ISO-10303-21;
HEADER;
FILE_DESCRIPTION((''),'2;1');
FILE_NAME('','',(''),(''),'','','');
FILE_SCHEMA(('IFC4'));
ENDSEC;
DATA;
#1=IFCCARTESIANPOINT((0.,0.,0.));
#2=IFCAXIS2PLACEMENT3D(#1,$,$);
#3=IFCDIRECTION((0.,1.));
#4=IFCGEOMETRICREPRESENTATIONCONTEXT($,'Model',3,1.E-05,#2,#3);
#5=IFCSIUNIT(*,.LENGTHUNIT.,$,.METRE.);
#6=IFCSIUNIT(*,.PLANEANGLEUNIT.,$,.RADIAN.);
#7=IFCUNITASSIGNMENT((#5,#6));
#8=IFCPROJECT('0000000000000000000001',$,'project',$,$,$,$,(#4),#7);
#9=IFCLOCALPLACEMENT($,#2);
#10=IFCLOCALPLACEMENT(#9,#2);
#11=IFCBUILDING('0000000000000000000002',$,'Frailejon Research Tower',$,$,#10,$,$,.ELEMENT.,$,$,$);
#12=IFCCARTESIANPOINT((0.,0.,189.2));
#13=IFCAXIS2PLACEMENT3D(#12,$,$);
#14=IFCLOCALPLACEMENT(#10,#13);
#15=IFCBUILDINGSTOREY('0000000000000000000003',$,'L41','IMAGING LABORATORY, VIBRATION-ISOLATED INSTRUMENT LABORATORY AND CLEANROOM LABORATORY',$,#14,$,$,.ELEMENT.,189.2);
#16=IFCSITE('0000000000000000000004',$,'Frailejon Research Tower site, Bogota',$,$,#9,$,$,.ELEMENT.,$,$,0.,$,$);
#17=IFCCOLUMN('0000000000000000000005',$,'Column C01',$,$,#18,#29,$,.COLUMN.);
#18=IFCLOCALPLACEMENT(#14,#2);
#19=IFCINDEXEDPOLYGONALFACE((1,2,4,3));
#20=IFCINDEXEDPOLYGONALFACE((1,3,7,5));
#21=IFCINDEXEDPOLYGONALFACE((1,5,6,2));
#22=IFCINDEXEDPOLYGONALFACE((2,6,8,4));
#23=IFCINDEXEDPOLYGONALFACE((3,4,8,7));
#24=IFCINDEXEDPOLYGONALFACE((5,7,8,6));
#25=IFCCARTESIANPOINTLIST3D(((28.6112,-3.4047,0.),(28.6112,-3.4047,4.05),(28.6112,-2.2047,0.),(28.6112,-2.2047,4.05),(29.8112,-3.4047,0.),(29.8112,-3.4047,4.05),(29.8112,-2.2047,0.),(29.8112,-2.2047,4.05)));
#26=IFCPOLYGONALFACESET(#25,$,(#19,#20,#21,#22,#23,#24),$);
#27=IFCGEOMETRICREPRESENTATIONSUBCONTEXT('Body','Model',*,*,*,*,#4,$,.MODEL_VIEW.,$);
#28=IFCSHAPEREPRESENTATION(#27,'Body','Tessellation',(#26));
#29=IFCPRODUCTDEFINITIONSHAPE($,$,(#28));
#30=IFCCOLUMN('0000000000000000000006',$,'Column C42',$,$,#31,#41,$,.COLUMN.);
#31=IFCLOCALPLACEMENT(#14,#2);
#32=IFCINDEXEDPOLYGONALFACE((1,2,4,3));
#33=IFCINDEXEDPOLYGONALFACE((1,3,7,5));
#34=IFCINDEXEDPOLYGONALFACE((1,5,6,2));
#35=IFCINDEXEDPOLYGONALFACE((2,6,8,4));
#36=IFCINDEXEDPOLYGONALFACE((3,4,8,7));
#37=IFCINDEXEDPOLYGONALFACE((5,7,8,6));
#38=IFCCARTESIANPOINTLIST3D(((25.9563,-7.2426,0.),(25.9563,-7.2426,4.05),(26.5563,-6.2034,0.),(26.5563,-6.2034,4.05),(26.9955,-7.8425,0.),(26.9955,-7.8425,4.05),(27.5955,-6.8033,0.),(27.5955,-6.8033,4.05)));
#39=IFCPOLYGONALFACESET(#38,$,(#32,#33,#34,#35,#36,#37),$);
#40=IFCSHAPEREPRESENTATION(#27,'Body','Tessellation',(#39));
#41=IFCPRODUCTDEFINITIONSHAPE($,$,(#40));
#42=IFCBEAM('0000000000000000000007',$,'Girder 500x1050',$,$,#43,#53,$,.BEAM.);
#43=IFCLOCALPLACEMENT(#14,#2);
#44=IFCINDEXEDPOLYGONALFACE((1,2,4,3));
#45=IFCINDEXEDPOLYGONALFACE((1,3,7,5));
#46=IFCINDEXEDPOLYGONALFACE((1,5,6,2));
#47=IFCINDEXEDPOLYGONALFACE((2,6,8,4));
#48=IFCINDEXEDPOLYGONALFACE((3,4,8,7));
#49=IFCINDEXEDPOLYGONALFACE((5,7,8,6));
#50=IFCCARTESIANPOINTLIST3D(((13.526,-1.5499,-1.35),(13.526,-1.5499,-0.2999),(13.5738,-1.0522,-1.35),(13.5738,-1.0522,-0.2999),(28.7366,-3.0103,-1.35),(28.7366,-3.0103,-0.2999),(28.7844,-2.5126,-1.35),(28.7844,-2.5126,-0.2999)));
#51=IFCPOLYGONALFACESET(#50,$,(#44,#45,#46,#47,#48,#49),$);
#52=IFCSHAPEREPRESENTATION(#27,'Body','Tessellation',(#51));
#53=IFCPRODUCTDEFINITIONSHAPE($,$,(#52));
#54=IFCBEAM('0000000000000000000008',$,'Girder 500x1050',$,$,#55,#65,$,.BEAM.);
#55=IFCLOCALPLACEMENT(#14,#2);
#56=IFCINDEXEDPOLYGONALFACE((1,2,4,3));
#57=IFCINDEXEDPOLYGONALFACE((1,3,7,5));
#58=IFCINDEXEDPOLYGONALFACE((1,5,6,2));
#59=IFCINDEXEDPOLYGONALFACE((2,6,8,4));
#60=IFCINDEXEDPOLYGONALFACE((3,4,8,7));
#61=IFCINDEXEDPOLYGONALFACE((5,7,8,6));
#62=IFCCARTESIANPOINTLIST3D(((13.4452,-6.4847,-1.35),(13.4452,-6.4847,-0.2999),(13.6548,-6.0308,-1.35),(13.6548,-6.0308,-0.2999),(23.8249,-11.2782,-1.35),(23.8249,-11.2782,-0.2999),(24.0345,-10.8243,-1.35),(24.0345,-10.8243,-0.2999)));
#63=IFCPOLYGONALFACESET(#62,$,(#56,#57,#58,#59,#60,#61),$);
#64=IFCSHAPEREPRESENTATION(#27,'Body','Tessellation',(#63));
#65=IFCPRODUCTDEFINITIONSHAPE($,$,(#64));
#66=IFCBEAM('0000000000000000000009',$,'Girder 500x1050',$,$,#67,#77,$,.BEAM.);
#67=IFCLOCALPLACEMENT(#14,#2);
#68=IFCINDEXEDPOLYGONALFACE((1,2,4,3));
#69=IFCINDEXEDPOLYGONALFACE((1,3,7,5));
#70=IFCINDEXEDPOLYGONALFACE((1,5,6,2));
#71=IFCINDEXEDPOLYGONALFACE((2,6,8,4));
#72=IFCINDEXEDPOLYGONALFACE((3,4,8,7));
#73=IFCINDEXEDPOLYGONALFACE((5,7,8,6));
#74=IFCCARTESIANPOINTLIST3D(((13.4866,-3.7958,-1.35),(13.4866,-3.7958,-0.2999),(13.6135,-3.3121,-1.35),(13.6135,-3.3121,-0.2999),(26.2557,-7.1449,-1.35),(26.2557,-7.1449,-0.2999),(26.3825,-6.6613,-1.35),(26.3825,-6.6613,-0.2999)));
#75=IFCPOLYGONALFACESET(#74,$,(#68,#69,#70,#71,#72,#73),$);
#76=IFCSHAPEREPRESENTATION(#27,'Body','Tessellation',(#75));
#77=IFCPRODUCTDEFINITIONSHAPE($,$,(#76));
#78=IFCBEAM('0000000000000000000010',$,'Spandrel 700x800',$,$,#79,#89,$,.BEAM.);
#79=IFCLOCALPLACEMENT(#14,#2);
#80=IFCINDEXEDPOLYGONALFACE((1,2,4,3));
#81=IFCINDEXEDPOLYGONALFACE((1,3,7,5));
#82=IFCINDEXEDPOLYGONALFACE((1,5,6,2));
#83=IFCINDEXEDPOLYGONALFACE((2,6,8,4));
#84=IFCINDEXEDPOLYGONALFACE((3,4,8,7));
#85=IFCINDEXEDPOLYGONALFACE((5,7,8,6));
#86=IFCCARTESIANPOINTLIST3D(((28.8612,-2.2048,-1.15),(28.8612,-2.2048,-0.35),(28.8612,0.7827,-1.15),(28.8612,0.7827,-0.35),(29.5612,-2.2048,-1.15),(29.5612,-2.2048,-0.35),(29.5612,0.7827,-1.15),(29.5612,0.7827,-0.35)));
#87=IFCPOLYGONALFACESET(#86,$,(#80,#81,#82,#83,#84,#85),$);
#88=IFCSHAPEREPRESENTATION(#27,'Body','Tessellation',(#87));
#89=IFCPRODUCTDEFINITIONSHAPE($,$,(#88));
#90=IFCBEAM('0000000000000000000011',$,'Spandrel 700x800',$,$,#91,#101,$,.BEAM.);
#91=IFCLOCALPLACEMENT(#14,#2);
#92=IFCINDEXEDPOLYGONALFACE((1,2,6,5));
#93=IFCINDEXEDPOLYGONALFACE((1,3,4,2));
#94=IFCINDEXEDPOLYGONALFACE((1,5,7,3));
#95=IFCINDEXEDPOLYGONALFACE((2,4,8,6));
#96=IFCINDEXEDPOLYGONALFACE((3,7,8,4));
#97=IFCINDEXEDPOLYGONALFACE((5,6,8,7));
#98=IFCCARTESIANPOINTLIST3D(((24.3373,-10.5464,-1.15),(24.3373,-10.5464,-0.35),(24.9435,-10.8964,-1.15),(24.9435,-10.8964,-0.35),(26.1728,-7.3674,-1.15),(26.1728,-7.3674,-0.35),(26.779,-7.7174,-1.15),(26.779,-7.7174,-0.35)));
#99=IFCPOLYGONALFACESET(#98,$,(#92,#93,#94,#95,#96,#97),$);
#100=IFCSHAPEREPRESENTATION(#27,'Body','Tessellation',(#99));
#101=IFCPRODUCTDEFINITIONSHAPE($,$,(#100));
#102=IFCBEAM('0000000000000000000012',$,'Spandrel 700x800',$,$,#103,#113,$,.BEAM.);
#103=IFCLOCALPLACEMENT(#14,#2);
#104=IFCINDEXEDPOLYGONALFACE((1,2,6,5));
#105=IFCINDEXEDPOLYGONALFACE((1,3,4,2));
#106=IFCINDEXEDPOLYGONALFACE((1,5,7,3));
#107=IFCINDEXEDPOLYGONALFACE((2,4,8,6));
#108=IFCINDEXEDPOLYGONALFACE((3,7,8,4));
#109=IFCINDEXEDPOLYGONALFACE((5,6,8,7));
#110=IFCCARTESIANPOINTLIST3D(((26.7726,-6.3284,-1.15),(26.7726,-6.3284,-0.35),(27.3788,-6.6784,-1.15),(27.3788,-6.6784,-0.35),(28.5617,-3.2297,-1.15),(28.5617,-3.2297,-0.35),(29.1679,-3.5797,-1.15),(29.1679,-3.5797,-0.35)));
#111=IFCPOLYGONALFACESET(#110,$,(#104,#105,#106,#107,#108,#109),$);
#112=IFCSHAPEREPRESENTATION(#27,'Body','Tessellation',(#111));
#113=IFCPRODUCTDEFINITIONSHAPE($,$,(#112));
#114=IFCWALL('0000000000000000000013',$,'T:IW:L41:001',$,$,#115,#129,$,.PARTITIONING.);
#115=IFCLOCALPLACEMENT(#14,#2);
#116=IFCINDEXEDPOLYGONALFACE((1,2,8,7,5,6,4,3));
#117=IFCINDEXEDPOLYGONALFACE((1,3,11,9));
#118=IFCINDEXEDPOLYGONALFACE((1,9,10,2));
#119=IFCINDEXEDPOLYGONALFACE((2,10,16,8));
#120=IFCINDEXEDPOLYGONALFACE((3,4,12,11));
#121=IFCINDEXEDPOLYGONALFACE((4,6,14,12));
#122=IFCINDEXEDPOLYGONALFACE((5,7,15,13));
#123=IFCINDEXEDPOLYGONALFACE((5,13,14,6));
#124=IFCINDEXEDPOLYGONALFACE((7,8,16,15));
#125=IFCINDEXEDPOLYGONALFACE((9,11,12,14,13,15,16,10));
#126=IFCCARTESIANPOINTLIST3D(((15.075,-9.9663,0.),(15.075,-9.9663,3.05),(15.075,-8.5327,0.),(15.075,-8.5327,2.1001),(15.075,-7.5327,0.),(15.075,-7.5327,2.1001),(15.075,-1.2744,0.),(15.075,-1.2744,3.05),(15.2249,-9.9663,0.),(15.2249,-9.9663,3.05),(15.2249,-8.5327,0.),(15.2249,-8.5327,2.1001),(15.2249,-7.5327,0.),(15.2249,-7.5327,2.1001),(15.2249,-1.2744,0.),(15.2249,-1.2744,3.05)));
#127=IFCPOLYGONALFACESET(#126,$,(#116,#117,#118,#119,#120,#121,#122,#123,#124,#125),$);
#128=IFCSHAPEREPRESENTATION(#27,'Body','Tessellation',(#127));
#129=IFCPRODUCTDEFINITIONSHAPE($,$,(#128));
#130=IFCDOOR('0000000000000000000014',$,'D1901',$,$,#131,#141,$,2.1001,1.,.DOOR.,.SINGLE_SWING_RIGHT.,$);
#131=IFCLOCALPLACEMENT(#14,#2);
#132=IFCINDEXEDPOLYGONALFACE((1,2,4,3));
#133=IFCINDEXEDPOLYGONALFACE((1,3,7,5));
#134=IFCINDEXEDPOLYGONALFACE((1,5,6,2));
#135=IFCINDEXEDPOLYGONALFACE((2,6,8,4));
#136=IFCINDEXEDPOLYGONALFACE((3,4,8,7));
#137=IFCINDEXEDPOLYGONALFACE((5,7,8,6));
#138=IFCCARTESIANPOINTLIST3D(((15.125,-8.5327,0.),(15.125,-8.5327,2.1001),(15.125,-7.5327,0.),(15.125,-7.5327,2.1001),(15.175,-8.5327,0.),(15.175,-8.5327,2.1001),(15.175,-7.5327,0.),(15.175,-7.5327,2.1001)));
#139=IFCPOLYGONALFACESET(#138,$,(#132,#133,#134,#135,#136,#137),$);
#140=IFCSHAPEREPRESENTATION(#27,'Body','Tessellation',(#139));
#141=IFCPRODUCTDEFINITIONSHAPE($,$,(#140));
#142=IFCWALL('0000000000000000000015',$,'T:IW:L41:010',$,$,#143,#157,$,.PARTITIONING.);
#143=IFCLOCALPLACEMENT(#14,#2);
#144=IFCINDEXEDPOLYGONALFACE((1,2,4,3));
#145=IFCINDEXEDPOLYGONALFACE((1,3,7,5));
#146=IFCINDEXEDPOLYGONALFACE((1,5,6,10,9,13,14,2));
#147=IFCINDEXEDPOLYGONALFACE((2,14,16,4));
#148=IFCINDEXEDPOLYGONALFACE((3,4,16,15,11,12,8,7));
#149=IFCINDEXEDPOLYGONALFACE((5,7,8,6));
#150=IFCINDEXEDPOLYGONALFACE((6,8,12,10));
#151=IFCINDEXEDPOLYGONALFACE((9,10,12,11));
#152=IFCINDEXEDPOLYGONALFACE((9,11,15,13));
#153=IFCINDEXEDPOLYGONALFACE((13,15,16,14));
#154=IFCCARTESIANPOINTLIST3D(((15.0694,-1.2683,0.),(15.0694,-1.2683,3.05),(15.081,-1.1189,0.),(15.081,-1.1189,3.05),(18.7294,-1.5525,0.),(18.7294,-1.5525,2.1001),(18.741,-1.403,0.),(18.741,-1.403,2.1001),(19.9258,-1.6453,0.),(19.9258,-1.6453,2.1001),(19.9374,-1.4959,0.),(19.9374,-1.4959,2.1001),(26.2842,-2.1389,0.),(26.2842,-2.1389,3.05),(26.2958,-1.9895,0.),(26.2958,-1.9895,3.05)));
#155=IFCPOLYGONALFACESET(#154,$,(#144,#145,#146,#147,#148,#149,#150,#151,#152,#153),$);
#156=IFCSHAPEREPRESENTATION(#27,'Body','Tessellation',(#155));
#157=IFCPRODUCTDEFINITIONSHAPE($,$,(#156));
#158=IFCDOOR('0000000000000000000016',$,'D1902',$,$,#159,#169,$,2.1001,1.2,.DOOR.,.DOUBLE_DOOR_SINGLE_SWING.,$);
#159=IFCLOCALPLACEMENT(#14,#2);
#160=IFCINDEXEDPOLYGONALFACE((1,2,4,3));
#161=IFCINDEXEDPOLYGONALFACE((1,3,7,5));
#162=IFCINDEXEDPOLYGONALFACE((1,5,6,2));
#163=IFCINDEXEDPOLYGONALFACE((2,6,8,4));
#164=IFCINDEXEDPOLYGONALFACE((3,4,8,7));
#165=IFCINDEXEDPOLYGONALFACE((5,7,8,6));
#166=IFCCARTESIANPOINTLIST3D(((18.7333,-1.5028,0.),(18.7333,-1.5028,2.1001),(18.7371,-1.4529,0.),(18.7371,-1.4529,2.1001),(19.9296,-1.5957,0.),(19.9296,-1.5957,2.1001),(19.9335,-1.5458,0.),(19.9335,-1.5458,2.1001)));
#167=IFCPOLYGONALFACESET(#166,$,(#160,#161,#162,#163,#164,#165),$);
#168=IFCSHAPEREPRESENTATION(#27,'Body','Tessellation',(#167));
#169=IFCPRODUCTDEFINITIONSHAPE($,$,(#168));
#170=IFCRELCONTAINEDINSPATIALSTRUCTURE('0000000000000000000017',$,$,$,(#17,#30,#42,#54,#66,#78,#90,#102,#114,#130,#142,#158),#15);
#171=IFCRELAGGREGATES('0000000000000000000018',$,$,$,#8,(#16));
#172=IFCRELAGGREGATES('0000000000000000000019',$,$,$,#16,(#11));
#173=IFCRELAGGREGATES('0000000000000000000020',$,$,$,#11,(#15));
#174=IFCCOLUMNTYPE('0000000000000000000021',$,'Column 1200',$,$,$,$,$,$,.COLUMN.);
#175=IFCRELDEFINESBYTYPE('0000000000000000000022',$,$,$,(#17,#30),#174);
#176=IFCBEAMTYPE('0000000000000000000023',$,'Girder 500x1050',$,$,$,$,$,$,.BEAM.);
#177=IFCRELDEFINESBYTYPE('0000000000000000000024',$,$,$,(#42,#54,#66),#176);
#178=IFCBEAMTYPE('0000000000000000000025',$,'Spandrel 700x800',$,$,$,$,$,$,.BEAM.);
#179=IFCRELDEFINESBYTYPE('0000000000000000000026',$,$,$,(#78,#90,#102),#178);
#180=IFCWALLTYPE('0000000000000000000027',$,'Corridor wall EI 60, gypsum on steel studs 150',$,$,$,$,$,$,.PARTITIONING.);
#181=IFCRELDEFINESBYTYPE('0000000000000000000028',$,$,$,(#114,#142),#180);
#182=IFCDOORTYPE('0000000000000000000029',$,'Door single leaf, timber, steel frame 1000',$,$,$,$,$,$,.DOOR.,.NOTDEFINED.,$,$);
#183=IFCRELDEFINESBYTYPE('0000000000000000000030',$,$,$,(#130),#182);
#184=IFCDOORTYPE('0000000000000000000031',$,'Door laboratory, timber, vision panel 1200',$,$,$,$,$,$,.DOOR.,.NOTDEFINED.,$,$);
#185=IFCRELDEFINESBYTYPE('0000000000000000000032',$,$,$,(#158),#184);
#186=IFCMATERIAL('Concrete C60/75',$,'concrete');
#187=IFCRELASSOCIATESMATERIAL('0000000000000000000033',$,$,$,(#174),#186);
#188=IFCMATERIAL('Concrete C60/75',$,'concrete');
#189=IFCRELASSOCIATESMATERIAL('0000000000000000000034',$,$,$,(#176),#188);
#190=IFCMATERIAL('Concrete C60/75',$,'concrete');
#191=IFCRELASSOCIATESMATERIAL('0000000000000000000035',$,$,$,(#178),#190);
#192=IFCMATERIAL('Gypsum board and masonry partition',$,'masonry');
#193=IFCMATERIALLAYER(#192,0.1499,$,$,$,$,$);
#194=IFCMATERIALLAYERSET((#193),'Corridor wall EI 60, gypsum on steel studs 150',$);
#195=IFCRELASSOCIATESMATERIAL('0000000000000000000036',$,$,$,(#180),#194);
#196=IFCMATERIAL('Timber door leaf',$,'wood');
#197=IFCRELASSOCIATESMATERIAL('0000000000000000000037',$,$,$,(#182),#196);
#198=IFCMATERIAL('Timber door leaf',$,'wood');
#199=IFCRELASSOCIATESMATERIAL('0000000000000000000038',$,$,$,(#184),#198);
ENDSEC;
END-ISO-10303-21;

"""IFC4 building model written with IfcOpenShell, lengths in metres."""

from ifc_helpers import new_model, si_unit, direction, frame, frame_2d, origin, origin_2d, place, context, subcontext, project, spatial, rectangle, extrude, material, layer, layer_set, material_profile, profile_set, type_object, element, fill, save


model = new_model("IFC4")

# Units and contexts
model_context = context("Model", 3, precision=1e-05, world=origin(), true_north=direction((0.0, 1.0)))
body_context = subcontext(model_context, "Body", "Model", "MODEL_VIEW")
ifc_project = project(units=[si_unit("LENGTHUNIT", "METRE"), si_unit("PLANEANGLEUNIT", "RADIAN")], contexts=[model_context])

# Site, building, storey
site_placement = place(None, origin())
site = spatial("IfcSite", under=ifc_project, at=site_placement, Name="Frailejon Research Tower site, Bogota", CompositionType="ELEMENT", RefElevation=0.0)
building_placement = place(site_placement, origin())
building = spatial("IfcBuilding", under=site, at=building_placement, Name="Frailejon Research Tower", CompositionType="ELEMENT")
storey_placement = place(building_placement, frame((0.0, 0.0, 189.2)))
storey = spatial("IfcBuildingStorey", under=building, at=storey_placement, Name="L41", Description="IMAGING LABORATORY, VIBRATION-ISOLATED INSTRUMENT LABORATORY AND CLEANROOM LABORATORY", CompositionType="ELEMENT", Elevation=189.2)

# Columns
ifc_material_1 = material(Name="Concrete C60/75", Category="concrete")
ifc_material_profile_1 = material_profile(ifc_material_1, rectangle(XDim=1.2, YDim=1.2, at=origin_2d()), Name="Column 1200")
ifc_profile_set_1 = profile_set([ifc_material_profile_1], Name="Concrete C60/75")
column_type = type_object("IfcColumnType", Name="Column 1200", PredefinedType="COLUMN", material=ifc_profile_set_1)
for number, where, z_axis, x_axis, name in (
    (1, (29.2112, -2.8047, 0.0), (0.0, 0.0, 1.0), (0.0, 1.0, 0.0), "Column C01"),
    (2, (26.7759, -7.0229, 0.0), (0.0, 0.0, 1.0), (0.5, 0.866025, 0.0), "Column C42"),
):
    element("IfcColumn", number, at=place(storey_placement, frame(where, z_axis=z_axis, x_axis=x_axis)), inside=storey, type_object=column_type, Name=name, PredefinedType="COLUMN", context=body_context, shape_type="SweptSolid", body=[
        extrude(rectangle(XDim=1.2, YDim=1.2, at=origin_2d()), origin(), (0.0, 0.0, 1.0), 4.05),
    ])

# Beams
ifc_material_2 = material(Name="Concrete C60/75", Category="concrete")
ifc_material_profile_2 = material_profile(ifc_material_2, rectangle(XDim=0.5, YDim=1.05, at=origin_2d()), Name="Girder 500x1050")
ifc_profile_set_2 = profile_set([ifc_material_profile_2], Name="Concrete C60/75")
beam_type_1 = type_object("IfcBeamType", Name="Girder 500x1050", PredefinedType="BEAM", material=ifc_profile_set_2)
beam_1_placement = place(storey_placement, frame((28.7605, -2.7615, -0.825), z_axis=(-0.995422, 0.095577, 0.0), x_axis=(-0.095577, -0.995422, 0.0)))
element("IfcBeam", 3, at=beam_1_placement, inside=storey, type_object=beam_type_1, Name="Girder 500x1050", PredefinedType="BEAM", context=body_context, shape_type="SweptSolid", body=[
    extrude(rectangle(XDim=0.5, YDim=1.05, at=origin_2d()), origin(), (0.0, 0.0, 1.0), 15.2805),
])
beam_2_placement = place(storey_placement, frame((23.9297, -11.0513, -0.825), z_axis=(-0.907864, 0.419264, 0.0), x_axis=(-0.419264, -0.907864, 0.0)))
element("IfcBeam", 4, at=beam_2_placement, inside=storey, type_object=beam_type_1, Name="Girder 500x1050", PredefinedType="BEAM", context=body_context, shape_type="SweptSolid", body=[
    extrude(rectangle(XDim=0.5, YDim=1.05, at=origin_2d()), origin(), (0.0, 0.0, 1.0), 11.4331),
])
beam_3_placement = place(storey_placement, frame((26.3191, -6.9031, -0.825), z_axis=(-0.967282, 0.253703, 0.0), x_axis=(-0.253703, -0.967282, 0.0)))
element("IfcBeam", 5, at=beam_3_placement, inside=storey, type_object=beam_type_1, Name="Girder 500x1050", PredefinedType="BEAM", context=body_context, shape_type="SweptSolid", body=[
    extrude(rectangle(XDim=0.5, YDim=1.05, at=origin_2d()), origin(), (0.0, 0.0, 1.0), 13.2009),
])
ifc_material_3 = material(Name="Concrete C60/75", Category="concrete")
ifc_material_profile_3 = material_profile(ifc_material_3, rectangle(XDim=0.7, YDim=0.8, at=origin_2d()), Name="Spandrel 700x800")
ifc_profile_set_3 = profile_set([ifc_material_profile_3], Name="Concrete C60/75")
beam_type_2 = type_object("IfcBeamType", Name="Spandrel 700x800", PredefinedType="BEAM", material=ifc_profile_set_3)
beam_4_placement = place(storey_placement, frame((29.2112, -2.2048, -0.75), z_axis=(0.0, 1.0, 0.0), x_axis=(-1.0, 0.0, 0.0)))
element("IfcBeam", 6, at=beam_4_placement, inside=storey, type_object=beam_type_2, Name="Spandrel 700x800", PredefinedType="BEAM", context=body_context, shape_type="SweptSolid", body=[
    extrude(rectangle(XDim=0.7, YDim=0.8, at=origin_2d()), origin(), (0.0, 0.0, 1.0), 2.9875),
])
beam_5_placement = place(storey_placement, frame((24.6404, -10.7214, -0.75), z_axis=(0.500016, 0.866016, 0.0), x_axis=(-0.866016, 0.500016, 0.0)))
element("IfcBeam", 7, at=beam_5_placement, inside=storey, type_object=beam_type_2, Name="Spandrel 700x800", PredefinedType="BEAM", context=body_context, shape_type="SweptSolid", body=[
    extrude(rectangle(XDim=0.7, YDim=0.8, at=origin_2d()), origin(), (0.0, 0.0, 1.0), 3.6709),
])
beam_6_placement = place(storey_placement, frame((27.0757, -6.5034, -0.75), z_axis=(0.500014, 0.866017, 0.0), x_axis=(-0.866017, 0.500014, 0.0)))
element("IfcBeam", 8, at=beam_6_placement, inside=storey, type_object=beam_type_2, Name="Spandrel 700x800", PredefinedType="BEAM", context=body_context, shape_type="SweptSolid", body=[
    extrude(rectangle(XDim=0.7, YDim=0.8, at=origin_2d()), origin(), (0.0, 0.0, 1.0), 3.5781),
])

# Walls, openings, doors
ifc_material_4 = material(Name="Gypsum board and masonry partition", Category="masonry")
ifc_layer_1 = layer(ifc_material_4, 0.1499)
ifc_layer_set_1 = layer_set([ifc_layer_1], Name="Corridor wall EI 60, gypsum on steel studs 150")
wall_type_1 = type_object("IfcWallType", Name="Corridor wall EI 60, gypsum on steel studs 150", PredefinedType="PARTITIONING", material=ifc_layer_set_1)
wall_1_placement = place(storey_placement, frame((15.1499, -9.9663, 0.0), z_axis=(0.0, 0.0, 1.0), x_axis=(0.0, 1.0, 0.0)))
wall_1 = element("IfcWall", 9, at=wall_1_placement, inside=storey, type_object=wall_type_1, Name="T:IW:L41:001", PredefinedType="PARTITIONING", context=body_context, shape_type="SweptSolid", body=[
    extrude(rectangle(XDim=8.6919, YDim=0.1499, at=frame_2d((4.3459, 0.0))), origin(), (0.0, 0.0, 1.0), 3.05),
])
opening_1_placement = place(wall_1_placement, frame((1.4336, 0.0, 0.0)))
opening_1 = element("IfcOpeningElement", 10, at=opening_1_placement, cuts=wall_1, PredefinedType="OPENING", context=body_context, shape_type="SweptSolid", body=[
    extrude(rectangle(XDim=1.0, YDim=2.1001, at=frame_2d((0.5, 1.05))), frame((0.0, 0.085, 0.0), z_axis=(0.0, -1.0, 0.0), x_axis=(1.0, 0.0, 0.0)), (0.0, 0.0, 1.0), 0.1699),
])
ifc_material_5 = material(Name="Timber door leaf", Category="wood")
door_type_1 = type_object("IfcDoorType", Name="Door single leaf, timber, steel frame 1000", OperationType="NOTDEFINED", PredefinedType="DOOR", material=ifc_material_5)
door_1_placement = place(opening_1_placement, origin())
door_1 = element("IfcDoor", 11, at=door_1_placement, inside=storey, type_object=door_type_1, Name="D1901", OperationType="SINGLE_SWING_RIGHT", OverallHeight=2.1001, OverallWidth=1.0, PredefinedType="DOOR", context=body_context, shape_type="SweptSolid", body=[
    extrude(rectangle(XDim=1.0, YDim=2.1001, at=frame_2d((0.5, 1.05))), frame((0.0, 0.0249, 0.0), z_axis=(0.0, -1.0, 0.0), x_axis=(1.0, 0.0, 0.0)), (0.0, 0.0, 1.0), 0.05),
])
fill(opening_1, door_1)
wall_2_placement = place(storey_placement, frame((15.0752, -1.1936, 0.0), z_axis=(0.0, 0.0, 1.0), x_axis=(0.997, -0.077397, 0.0)))
wall_2 = element("IfcWall", 12, at=wall_2_placement, inside=storey, type_object=wall_type_1, Name="T:IW:L41:010", PredefinedType="PARTITIONING", context=body_context, shape_type="SweptSolid", body=[
    extrude(rectangle(XDim=11.2485, YDim=0.1499, at=frame_2d((5.6243, 0.0))), origin(), (0.0, 0.0, 1.0), 3.05),
])
opening_2_placement = place(wall_2_placement, frame((3.6709, 0.0, 0.0)))
opening_2 = element("IfcOpeningElement", 13, at=opening_2_placement, cuts=wall_2, PredefinedType="OPENING", context=body_context, shape_type="SweptSolid", body=[
    extrude(rectangle(XDim=1.2, YDim=2.1001, at=frame_2d((0.6001, 1.05))), frame((0.0, 0.085, 0.0), z_axis=(0.0, -1.0, 0.0), x_axis=(1.0, 0.0, 0.0)), (0.0, 0.0, 1.0), 0.1699),
])
ifc_material_6 = material(Name="Timber door leaf", Category="wood")
door_type_2 = type_object("IfcDoorType", Name="Door laboratory, timber, vision panel 1200", OperationType="NOTDEFINED", PredefinedType="DOOR", material=ifc_material_6)
door_2_placement = place(opening_2_placement, origin())
door_2 = element("IfcDoor", 14, at=door_2_placement, inside=storey, type_object=door_type_2, Name="D1902", OperationType="DOUBLE_DOOR_SINGLE_SWING", OverallHeight=2.1001, OverallWidth=1.2, PredefinedType="DOOR", context=body_context, shape_type="SweptSolid", body=[
    extrude(rectangle(XDim=1.2, YDim=2.1001, at=frame_2d((0.6001, 1.05))), frame((0.0, 0.0249, 0.0), z_axis=(0.0, -1.0, 0.0), x_axis=(1.0, 0.0, 0.0)), (0.0, 0.0, 1.0), 0.05),
])
fill(opening_2, door_2)

save(model, "model.ifc")
